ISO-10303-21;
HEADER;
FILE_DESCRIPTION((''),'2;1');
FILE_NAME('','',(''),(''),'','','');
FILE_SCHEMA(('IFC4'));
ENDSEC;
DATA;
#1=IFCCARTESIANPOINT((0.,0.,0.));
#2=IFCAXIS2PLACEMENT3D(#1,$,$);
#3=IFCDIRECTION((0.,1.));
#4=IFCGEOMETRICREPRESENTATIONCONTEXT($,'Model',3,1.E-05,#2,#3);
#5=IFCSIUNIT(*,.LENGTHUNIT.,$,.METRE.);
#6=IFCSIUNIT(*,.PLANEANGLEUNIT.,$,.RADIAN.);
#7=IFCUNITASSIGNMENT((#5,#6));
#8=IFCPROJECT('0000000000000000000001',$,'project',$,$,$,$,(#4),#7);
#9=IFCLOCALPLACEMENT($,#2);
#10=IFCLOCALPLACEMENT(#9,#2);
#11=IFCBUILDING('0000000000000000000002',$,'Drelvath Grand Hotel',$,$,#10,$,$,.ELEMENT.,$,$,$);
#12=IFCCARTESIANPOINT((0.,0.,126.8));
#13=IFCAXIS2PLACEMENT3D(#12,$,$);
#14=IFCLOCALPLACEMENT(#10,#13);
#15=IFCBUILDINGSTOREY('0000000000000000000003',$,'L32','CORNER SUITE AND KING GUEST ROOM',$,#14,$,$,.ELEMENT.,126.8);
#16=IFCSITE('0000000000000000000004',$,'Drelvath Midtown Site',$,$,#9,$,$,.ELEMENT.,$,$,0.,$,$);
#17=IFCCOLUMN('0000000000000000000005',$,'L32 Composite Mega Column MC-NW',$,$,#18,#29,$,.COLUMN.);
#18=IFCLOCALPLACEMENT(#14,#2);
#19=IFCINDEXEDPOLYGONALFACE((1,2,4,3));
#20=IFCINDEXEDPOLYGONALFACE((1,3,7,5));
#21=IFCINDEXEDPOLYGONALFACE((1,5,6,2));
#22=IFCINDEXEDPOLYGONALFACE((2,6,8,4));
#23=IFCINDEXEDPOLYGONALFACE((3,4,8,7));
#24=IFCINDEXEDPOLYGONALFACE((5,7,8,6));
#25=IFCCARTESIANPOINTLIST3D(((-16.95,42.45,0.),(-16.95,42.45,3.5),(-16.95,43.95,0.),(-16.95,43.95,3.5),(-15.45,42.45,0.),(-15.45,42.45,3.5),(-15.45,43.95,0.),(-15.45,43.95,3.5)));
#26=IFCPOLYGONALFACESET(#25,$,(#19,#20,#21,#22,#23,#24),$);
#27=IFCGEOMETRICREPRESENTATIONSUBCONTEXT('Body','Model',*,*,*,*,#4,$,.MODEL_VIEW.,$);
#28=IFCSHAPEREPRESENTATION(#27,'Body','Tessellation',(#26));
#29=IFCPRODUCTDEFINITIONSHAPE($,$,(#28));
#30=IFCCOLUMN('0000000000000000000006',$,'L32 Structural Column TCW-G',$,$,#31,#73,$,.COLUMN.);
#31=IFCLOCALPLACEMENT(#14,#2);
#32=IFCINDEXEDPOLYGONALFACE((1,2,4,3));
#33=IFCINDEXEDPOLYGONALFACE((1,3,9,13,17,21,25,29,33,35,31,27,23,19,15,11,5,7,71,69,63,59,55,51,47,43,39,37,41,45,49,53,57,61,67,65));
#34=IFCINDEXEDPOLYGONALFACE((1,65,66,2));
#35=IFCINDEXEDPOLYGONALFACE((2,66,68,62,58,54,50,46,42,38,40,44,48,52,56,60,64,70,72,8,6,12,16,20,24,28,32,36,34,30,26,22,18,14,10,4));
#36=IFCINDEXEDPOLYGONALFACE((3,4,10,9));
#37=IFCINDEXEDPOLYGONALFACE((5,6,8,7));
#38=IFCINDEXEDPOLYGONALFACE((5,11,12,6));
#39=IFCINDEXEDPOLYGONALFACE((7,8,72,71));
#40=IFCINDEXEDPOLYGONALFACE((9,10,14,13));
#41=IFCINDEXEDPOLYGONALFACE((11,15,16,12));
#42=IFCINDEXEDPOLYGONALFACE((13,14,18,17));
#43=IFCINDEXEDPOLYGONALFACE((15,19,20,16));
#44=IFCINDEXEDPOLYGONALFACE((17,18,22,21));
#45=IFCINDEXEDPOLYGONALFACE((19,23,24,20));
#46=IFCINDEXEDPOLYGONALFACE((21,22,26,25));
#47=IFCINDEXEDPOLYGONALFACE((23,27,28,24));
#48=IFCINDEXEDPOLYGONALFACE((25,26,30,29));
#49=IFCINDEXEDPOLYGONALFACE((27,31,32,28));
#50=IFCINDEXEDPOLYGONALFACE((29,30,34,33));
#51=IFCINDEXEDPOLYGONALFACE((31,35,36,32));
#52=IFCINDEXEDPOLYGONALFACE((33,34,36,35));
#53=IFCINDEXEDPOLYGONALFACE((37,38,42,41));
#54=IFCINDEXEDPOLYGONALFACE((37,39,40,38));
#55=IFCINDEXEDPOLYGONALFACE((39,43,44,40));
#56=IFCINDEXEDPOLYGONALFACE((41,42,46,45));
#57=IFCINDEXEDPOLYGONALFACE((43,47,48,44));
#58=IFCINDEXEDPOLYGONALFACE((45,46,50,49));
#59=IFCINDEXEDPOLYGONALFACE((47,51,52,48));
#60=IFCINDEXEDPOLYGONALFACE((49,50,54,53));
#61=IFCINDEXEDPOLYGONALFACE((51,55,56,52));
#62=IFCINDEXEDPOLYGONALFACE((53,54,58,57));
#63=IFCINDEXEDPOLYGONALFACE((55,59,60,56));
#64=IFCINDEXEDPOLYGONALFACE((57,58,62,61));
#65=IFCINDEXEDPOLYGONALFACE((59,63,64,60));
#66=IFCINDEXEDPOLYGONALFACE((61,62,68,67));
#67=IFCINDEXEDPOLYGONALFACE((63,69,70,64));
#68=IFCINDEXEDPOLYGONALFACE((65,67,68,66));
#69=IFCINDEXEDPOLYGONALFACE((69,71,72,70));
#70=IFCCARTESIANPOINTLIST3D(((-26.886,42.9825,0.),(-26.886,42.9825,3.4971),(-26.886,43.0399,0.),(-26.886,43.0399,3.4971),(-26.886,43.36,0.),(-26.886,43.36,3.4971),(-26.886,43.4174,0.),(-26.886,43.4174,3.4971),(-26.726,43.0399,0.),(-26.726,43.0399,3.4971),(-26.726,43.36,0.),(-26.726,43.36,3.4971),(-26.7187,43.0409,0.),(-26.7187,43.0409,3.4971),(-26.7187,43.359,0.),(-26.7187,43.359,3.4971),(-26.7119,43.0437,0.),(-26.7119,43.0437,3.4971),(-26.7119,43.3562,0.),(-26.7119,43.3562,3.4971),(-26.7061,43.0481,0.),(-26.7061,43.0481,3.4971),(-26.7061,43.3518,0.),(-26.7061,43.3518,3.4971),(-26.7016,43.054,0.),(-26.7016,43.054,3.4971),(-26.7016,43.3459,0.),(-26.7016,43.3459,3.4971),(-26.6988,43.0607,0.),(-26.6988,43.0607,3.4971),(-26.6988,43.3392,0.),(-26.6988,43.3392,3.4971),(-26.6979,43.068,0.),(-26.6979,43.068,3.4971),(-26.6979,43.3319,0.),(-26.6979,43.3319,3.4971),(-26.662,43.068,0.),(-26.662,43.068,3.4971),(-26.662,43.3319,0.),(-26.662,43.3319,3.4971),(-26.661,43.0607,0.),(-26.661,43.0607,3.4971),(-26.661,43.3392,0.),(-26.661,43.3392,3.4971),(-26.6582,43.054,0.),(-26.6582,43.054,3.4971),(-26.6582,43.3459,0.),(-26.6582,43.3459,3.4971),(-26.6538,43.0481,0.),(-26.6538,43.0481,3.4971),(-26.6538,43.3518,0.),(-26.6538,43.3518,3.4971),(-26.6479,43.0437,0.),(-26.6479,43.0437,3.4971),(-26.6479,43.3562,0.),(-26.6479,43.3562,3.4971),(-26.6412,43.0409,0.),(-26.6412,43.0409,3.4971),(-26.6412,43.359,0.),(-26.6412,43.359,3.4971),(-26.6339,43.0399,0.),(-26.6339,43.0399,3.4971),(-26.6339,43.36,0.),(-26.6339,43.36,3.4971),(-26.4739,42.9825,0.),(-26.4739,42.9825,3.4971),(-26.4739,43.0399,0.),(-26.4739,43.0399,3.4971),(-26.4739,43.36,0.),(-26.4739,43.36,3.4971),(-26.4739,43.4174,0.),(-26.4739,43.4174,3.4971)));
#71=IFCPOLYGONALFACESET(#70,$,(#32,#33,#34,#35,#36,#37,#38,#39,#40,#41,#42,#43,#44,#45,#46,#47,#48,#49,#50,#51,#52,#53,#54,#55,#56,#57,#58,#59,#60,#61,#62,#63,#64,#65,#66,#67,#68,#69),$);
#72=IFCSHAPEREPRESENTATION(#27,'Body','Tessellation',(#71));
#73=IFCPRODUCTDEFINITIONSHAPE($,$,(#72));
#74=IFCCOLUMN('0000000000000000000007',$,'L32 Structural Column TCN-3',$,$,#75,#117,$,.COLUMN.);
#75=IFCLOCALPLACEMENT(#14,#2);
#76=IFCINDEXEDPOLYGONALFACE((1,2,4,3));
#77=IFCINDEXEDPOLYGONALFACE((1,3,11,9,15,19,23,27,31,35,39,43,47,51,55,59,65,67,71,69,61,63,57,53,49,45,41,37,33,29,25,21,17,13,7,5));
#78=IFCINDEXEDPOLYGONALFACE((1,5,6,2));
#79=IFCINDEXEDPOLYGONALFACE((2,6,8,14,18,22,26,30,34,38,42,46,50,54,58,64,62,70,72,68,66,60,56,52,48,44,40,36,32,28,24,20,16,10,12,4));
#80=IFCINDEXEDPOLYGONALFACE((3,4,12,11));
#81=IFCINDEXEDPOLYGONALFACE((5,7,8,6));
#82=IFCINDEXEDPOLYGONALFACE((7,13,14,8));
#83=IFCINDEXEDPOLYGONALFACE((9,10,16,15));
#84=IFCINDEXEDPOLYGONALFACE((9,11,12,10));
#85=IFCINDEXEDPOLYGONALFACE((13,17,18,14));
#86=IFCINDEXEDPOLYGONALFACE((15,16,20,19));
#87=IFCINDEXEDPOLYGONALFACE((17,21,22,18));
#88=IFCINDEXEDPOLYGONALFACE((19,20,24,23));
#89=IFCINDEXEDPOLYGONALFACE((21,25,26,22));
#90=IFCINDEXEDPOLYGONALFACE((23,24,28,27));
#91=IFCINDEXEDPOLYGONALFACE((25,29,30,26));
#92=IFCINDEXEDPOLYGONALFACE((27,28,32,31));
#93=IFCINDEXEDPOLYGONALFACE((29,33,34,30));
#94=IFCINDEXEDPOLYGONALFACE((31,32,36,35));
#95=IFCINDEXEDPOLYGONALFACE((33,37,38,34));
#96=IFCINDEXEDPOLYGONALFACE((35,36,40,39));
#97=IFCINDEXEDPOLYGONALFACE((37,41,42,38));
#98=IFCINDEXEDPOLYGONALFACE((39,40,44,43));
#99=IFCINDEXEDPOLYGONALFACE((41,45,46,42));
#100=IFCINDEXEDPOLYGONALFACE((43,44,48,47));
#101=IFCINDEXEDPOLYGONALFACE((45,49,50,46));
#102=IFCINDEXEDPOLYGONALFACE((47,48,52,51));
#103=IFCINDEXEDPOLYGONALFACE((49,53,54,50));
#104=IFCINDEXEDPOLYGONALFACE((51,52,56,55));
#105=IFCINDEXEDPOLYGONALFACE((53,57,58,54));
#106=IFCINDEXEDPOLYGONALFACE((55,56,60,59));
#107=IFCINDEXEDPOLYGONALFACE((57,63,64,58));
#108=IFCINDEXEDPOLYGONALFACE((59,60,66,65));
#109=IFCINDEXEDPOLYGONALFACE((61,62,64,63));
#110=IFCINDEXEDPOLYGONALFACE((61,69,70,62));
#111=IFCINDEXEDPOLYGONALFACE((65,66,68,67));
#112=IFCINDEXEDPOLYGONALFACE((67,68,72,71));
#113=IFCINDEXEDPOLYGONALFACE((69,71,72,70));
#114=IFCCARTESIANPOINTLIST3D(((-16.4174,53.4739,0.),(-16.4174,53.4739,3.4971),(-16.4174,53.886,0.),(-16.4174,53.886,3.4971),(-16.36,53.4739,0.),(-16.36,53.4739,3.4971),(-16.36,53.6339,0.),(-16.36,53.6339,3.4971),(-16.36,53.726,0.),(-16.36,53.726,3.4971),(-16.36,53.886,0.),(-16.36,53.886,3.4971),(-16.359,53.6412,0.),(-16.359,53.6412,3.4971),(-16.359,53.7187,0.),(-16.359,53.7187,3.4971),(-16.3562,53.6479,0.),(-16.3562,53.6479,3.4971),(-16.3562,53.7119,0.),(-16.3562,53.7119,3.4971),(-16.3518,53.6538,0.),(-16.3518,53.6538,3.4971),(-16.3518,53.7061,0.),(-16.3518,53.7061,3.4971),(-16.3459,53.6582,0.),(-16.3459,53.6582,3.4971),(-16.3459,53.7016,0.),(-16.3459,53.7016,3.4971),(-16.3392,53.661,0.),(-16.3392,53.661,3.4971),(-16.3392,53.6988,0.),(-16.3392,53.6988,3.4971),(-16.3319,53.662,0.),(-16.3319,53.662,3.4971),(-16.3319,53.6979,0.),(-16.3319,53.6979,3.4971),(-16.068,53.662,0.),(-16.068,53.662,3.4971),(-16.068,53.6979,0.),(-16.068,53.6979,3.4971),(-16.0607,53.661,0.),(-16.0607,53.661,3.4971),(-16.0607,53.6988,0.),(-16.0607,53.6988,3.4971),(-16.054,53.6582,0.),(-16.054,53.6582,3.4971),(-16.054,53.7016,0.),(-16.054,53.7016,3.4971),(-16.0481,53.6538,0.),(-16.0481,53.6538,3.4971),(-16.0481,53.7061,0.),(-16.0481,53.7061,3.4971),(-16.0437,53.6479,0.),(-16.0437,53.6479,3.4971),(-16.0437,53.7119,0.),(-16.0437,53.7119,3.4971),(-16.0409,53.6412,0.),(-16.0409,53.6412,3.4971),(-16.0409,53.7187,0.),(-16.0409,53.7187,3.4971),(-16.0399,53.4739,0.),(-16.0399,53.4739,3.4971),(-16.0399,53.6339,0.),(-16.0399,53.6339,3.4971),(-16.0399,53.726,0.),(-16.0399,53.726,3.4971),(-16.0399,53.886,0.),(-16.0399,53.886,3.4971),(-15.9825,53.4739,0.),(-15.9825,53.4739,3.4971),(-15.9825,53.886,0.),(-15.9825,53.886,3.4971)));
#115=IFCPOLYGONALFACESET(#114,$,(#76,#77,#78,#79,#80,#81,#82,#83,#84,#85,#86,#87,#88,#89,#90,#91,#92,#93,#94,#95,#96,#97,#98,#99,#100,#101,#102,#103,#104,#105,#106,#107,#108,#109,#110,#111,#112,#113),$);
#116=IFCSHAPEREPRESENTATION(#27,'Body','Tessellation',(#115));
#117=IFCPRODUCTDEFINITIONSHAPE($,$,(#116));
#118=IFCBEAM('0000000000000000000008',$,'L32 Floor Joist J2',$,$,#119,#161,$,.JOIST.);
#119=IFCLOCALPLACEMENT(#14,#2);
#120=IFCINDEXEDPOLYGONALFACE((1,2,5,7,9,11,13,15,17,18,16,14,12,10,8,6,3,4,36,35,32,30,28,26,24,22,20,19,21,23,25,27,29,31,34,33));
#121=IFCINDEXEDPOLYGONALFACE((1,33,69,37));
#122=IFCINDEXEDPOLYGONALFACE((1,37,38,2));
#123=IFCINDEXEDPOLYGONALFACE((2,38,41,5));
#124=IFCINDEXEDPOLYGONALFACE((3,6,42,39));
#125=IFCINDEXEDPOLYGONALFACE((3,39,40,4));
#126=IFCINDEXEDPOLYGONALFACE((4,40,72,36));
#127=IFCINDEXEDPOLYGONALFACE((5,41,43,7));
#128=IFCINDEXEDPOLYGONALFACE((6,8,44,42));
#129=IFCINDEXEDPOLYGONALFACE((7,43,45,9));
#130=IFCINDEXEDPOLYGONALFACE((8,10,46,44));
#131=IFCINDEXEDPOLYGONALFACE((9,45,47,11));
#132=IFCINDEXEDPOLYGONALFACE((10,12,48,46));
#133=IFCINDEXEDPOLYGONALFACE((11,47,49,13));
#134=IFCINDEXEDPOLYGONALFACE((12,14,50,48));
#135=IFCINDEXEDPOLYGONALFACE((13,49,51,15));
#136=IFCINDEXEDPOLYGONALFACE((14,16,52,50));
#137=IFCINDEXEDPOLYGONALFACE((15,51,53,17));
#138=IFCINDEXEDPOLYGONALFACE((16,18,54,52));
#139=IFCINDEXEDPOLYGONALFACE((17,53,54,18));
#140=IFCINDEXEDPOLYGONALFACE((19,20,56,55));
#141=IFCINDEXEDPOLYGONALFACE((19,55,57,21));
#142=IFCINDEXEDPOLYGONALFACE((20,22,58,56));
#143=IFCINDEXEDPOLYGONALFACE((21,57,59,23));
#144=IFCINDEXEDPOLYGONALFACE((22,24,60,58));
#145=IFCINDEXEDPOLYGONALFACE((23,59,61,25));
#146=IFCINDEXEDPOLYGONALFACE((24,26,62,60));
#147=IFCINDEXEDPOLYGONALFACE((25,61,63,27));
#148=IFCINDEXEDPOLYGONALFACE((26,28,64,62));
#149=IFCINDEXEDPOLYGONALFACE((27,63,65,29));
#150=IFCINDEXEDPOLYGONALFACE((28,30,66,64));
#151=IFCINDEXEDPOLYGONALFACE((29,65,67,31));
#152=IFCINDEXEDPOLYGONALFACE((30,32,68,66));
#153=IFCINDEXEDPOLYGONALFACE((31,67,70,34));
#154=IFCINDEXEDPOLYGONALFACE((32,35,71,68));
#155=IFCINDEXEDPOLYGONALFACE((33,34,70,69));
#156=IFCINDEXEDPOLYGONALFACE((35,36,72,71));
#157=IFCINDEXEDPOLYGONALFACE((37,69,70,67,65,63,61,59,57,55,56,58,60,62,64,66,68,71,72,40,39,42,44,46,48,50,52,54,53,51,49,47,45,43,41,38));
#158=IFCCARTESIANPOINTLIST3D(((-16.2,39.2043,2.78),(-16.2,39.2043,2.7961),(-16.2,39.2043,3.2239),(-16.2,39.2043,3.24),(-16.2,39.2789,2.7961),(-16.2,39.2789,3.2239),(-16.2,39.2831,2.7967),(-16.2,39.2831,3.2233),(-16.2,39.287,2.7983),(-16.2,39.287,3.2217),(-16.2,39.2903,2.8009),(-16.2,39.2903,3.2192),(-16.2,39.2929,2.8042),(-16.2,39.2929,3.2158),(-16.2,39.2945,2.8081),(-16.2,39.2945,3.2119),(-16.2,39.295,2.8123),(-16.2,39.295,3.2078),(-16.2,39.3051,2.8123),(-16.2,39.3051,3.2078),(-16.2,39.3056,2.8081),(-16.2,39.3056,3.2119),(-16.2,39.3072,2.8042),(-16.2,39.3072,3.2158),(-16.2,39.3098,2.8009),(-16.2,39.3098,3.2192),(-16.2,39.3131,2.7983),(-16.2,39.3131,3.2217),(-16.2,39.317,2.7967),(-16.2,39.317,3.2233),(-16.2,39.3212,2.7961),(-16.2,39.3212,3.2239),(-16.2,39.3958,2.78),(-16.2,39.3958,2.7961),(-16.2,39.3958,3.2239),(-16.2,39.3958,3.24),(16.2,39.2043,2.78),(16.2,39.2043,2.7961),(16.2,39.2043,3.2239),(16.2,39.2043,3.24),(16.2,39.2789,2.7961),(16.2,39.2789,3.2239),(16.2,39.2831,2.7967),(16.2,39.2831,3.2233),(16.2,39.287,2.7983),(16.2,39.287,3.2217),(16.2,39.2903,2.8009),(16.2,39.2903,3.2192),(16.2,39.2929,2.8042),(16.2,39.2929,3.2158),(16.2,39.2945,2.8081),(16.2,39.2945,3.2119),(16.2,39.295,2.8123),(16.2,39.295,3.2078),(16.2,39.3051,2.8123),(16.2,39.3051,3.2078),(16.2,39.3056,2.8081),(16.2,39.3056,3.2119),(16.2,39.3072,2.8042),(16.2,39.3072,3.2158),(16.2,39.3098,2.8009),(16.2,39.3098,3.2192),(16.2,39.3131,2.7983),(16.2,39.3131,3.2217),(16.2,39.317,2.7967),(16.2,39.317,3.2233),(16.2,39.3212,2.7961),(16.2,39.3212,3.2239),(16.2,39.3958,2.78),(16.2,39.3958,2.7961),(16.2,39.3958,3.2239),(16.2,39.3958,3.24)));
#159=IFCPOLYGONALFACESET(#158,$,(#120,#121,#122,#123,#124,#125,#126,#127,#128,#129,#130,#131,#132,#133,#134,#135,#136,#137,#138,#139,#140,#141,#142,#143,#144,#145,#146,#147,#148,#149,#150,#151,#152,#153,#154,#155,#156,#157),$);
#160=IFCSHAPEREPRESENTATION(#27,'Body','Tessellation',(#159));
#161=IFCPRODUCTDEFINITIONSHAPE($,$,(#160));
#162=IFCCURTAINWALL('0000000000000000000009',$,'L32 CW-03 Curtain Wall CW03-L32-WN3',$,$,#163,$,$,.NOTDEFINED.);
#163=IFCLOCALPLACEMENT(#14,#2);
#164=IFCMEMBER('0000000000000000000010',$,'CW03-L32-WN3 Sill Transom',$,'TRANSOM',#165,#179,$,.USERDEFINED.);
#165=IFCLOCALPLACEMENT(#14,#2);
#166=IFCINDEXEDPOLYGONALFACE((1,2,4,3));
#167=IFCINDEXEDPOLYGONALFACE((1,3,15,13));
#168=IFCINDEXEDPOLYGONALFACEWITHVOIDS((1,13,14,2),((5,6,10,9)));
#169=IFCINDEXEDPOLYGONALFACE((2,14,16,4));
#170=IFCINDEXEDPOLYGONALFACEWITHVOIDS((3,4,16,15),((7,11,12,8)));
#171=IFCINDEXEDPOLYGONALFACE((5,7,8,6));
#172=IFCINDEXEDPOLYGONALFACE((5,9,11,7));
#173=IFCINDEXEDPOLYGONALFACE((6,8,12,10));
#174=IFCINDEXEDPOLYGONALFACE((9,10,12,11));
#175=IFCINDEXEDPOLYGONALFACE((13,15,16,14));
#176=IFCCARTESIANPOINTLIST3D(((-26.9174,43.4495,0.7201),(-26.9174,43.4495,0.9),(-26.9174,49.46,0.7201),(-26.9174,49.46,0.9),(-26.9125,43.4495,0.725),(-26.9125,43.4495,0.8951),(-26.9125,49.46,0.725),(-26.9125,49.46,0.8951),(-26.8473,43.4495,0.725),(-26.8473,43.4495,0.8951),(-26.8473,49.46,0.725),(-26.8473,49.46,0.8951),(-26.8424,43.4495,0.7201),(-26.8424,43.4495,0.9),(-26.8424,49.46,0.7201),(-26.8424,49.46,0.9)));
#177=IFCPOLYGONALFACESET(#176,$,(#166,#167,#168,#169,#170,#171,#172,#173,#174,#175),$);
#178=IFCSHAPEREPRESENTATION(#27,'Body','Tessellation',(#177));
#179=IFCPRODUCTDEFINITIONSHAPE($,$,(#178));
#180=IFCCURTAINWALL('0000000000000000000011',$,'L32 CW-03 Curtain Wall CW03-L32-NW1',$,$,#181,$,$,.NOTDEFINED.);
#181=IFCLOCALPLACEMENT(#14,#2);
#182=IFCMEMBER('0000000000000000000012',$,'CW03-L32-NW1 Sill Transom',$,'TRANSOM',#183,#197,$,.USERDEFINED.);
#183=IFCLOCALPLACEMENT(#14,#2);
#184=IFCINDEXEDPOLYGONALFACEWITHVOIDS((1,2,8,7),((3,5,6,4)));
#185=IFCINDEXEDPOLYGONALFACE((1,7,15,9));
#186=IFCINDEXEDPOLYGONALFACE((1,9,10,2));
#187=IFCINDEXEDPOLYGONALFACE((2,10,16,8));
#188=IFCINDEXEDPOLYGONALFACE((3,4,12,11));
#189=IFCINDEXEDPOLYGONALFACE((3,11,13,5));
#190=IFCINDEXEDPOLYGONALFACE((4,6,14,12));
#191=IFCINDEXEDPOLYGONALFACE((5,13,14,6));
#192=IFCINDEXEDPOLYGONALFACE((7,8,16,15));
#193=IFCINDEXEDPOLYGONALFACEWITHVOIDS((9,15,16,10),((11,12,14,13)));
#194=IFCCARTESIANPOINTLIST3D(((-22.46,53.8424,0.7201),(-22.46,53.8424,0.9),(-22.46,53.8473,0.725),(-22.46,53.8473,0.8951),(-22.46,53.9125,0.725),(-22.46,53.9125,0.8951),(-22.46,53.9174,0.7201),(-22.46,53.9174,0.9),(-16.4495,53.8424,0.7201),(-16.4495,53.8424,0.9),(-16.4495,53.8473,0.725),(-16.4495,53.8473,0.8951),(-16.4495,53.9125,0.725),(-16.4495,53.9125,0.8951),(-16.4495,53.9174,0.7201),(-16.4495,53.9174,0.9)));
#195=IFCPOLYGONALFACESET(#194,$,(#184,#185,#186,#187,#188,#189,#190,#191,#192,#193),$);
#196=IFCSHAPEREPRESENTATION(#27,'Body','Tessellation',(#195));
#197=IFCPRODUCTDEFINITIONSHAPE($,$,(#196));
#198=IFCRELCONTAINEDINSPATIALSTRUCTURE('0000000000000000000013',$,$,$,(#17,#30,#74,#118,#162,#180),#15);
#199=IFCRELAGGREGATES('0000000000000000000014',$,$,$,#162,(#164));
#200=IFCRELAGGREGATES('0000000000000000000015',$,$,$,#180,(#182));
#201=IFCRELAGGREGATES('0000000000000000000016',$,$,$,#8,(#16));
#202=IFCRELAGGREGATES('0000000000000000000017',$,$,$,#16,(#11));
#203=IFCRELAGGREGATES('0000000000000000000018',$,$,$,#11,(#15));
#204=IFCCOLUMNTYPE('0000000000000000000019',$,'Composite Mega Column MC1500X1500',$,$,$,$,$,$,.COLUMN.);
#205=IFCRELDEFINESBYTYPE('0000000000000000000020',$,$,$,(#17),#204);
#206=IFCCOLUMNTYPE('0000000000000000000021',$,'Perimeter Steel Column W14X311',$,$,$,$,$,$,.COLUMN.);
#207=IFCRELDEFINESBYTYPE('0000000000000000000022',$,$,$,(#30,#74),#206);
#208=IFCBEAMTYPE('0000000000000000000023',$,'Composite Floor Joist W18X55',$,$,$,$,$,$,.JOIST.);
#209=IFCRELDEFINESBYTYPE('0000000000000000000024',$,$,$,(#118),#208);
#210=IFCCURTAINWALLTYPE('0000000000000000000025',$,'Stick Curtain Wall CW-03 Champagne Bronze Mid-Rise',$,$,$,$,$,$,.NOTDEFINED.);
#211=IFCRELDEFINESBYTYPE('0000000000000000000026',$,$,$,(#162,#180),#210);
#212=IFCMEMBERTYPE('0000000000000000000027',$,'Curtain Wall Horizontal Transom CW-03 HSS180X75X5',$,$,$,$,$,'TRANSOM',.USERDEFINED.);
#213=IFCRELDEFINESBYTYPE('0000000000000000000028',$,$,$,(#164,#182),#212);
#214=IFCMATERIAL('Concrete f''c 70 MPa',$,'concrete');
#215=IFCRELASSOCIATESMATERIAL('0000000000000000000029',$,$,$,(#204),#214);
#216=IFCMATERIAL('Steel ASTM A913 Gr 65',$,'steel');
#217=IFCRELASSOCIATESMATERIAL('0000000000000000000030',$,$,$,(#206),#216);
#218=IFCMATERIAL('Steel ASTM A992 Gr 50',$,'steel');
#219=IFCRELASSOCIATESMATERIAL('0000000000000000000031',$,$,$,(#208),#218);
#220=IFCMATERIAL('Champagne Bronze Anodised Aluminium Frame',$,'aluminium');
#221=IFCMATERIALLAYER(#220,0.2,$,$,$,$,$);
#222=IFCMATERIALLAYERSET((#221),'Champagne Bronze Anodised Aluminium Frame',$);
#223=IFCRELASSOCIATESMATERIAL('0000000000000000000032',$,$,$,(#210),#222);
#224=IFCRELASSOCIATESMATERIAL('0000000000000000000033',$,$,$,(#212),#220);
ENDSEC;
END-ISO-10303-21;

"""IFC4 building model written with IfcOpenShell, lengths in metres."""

from ifc_helpers import new_model, si_unit, direction, frame, origin, origin_2d, place, context, subcontext, project, spatial, rectangle, hollow_rectangle, i_section, extrude, material, layer, layer_set, material_profile, profile_set, type_object, element, aggregate, save


model = new_model("IFC4")

# Units and contexts
model_context = context("Model", 3, precision=1e-05, world=origin(), true_north=direction((0.0, 1.0)))
body_context = subcontext(model_context, "Body", "Model", "MODEL_VIEW")
ifc_project = project(units=[si_unit("LENGTHUNIT", "METRE"), si_unit("PLANEANGLEUNIT", "RADIAN")], contexts=[model_context])

# Site, building, storey
site_placement = place(None, origin())
site = spatial("IfcSite", under=ifc_project, at=site_placement, Name="Drelvath Midtown Site", CompositionType="ELEMENT", RefElevation=0.0)
building_placement = place(site_placement, origin())
building = spatial("IfcBuilding", under=site, at=building_placement, Name="Drelvath Grand Hotel", CompositionType="ELEMENT")
storey_placement = place(building_placement, frame((0.0, 0.0, 126.8)))
storey = spatial("IfcBuildingStorey", under=building, at=storey_placement, Name="L32", Description="CORNER SUITE AND KING GUEST ROOM", CompositionType="ELEMENT", Elevation=126.8)

# Columns
ifc_material_1 = material(Name="Concrete f'c 70 MPa", Category="concrete")
ifc_material_profile_1 = material_profile(ifc_material_1, rectangle(XDim=1.5, YDim=1.5, at=origin_2d()), Name="MC1500X1500")
ifc_profile_set_1 = profile_set([ifc_material_profile_1], Name="Concrete f'c 70 MPa")
column_type_1 = type_object("IfcColumnType", Name="Composite Mega Column MC1500X1500", PredefinedType="COLUMN", material=ifc_profile_set_1)
column_placement = place(storey_placement, frame((-16.2, 43.2, 0.0), z_axis=(0.0, 0.0, 1.0), x_axis=(1.0, 0.0, 0.0)))
element("IfcColumn", 1, at=column_placement, inside=storey, type_object=column_type_1, Name="L32 Composite Mega Column MC-NW", PredefinedType="COLUMN", context=body_context, shape_type="SweptSolid", body=[
    extrude(rectangle(XDim=1.5, YDim=1.5, at=origin_2d()), origin(), (0.0, 0.0, 1.0), 3.5),
])
ifc_material_2 = material(Name="Steel ASTM A913 Gr 65", Category="steel")
ifc_material_profile_2 = material_profile(ifc_material_2, i_section(OverallWidth=0.4121, OverallDepth=0.4348, WebThickness=0.0359, FlangeThickness=0.0574, FilletRadius=0.0281, at=origin_2d()), Name="W14X311")
ifc_profile_set_2 = profile_set([ifc_material_profile_2], Name="Steel ASTM A913 Gr 65")
column_type_2 = type_object("IfcColumnType", Name="Perimeter Steel Column W14X311", PredefinedType="COLUMN", material=ifc_profile_set_2)
for number, where, z_axis, x_axis, name in (
    (2, (-26.6799, 43.2, 0.0), (0.0, 0.0, 1.0), (1.0, 0.0, 0.0), "L32 Structural Column TCW-G"),
    (3, (-16.2, 53.6799, 0.0), (0.0, 0.0, 1.0), (0.0, 1.0, 0.0), "L32 Structural Column TCN-3"),
):
    element("IfcColumn", number, at=place(storey_placement, frame(where, z_axis=z_axis, x_axis=x_axis)), inside=storey, type_object=column_type_2, Name=name, PredefinedType="COLUMN", context=body_context, shape_type="SweptSolid", body=[
        extrude(i_section(OverallWidth=0.4121, OverallDepth=0.4348, WebThickness=0.0359, FlangeThickness=0.0574, FilletRadius=0.0281, at=origin_2d()), origin(), (0.0, 0.0, 1.0), 3.4971),
    ])

# Beam
ifc_material_3 = material(Name="Steel ASTM A992 Gr 50", Category="steel")
ifc_material_profile_3 = material_profile(ifc_material_3, i_section(OverallWidth=0.1914, OverallDepth=0.46, WebThickness=0.01, FlangeThickness=0.0161, FilletRadius=0.0161, at=origin_2d()), Name="W18X55")
ifc_profile_set_3 = profile_set([ifc_material_profile_3], Name="Steel ASTM A992 Gr 50")
beam_type_1 = type_object("IfcBeamType", Name="Composite Floor Joist W18X55", PredefinedType="JOIST", material=ifc_profile_set_3)
beam_1_placement = place(storey_placement, frame((-16.2, 39.3, 3.01), z_axis=(1.0, 0.0, 0.0), x_axis=(0.0, 1.0, 0.0)))
element("IfcBeam", 4, at=beam_1_placement, inside=storey, type_object=beam_type_1, Name="L32 Floor Joist J2", PredefinedType="JOIST", context=body_context, shape_type="SweptSolid", body=[
    extrude(i_section(OverallWidth=0.1914, OverallDepth=0.46, WebThickness=0.01, FlangeThickness=0.0161, FilletRadius=0.0161, at=origin_2d()), origin(), (0.0, 0.0, 1.0), 32.3999),
])

# Curtain walls, members
ifc_material_4 = material(Name="Champagne Bronze Anodised Aluminium Frame", Category="aluminium")
ifc_layer_1 = layer(ifc_material_4, 0.2)
ifc_layer_set_1 = layer_set([ifc_layer_1], Name="Champagne Bronze Anodised Aluminium Frame")
curtain_wall_type = type_object("IfcCurtainWallType", Name="Stick Curtain Wall CW-03 Champagne Bronze Mid-Rise", PredefinedType="NOTDEFINED", material=ifc_layer_set_1)
curtain_wall_1_placement = place(storey_placement, origin())
curtain_wall_1 = element("IfcCurtainWall", 5, at=curtain_wall_1_placement, inside=storey, type_object=curtain_wall_type, Name="L32 CW-03 Curtain Wall CW03-L32-WN3", PredefinedType="NOTDEFINED")
ifc_material_profile_4 = material_profile(ifc_material_4, hollow_rectangle(XDim=0.075, YDim=0.1799, WallThickness=0.0049, at=origin_2d()), Name="HSS180X75X5")
ifc_profile_set_4 = profile_set([ifc_material_profile_4], Name="Champagne Bronze Anodised Aluminium Frame")
member_type_1 = type_object("IfcMemberType", Name="Curtain Wall Horizontal Transom CW-03 HSS180X75X5", ElementType="TRANSOM", PredefinedType="USERDEFINED", material=ifc_profile_set_4)
member_1_placement = place(storey_placement, frame((-26.8799, 43.4495, 0.8101), z_axis=(0.0, 1.0, 0.0), x_axis=(-1.0, 0.0, 0.0)))
member_1 = element("IfcMember", 6, at=member_1_placement, type_object=member_type_1, Name="CW03-L32-WN3 Sill Transom", ObjectType="TRANSOM", PredefinedType="USERDEFINED", context=body_context, shape_type="SweptSolid", body=[
    extrude(hollow_rectangle(XDim=0.075, YDim=0.1799, WallThickness=0.0049, at=origin_2d()), origin(), (0.0, 0.0, 1.0), 6.0105),
])
curtain_wall_2_placement = place(storey_placement, origin())
curtain_wall_2 = element("IfcCurtainWall", 7, at=curtain_wall_2_placement, inside=storey, type_object=curtain_wall_type, Name="L32 CW-03 Curtain Wall CW03-L32-NW1", PredefinedType="NOTDEFINED")
member_2_placement = place(storey_placement, frame((-22.46, 53.8799, 0.8101), z_axis=(1.0, 0.0, 0.0), x_axis=(0.0, 1.0, 0.0)))
member_2 = element("IfcMember", 8, at=member_2_placement, type_object=member_type_1, Name="CW03-L32-NW1 Sill Transom", ObjectType="TRANSOM", PredefinedType="USERDEFINED", context=body_context, shape_type="SweptSolid", body=[
    extrude(hollow_rectangle(XDim=0.075, YDim=0.1799, WallThickness=0.0049, at=origin_2d()), origin(), (0.0, 0.0, 1.0), 6.0105),
])

aggregate(curtain_wall_1, [member_1])
aggregate(curtain_wall_2, [member_2])

save(model, "model.ifc")
